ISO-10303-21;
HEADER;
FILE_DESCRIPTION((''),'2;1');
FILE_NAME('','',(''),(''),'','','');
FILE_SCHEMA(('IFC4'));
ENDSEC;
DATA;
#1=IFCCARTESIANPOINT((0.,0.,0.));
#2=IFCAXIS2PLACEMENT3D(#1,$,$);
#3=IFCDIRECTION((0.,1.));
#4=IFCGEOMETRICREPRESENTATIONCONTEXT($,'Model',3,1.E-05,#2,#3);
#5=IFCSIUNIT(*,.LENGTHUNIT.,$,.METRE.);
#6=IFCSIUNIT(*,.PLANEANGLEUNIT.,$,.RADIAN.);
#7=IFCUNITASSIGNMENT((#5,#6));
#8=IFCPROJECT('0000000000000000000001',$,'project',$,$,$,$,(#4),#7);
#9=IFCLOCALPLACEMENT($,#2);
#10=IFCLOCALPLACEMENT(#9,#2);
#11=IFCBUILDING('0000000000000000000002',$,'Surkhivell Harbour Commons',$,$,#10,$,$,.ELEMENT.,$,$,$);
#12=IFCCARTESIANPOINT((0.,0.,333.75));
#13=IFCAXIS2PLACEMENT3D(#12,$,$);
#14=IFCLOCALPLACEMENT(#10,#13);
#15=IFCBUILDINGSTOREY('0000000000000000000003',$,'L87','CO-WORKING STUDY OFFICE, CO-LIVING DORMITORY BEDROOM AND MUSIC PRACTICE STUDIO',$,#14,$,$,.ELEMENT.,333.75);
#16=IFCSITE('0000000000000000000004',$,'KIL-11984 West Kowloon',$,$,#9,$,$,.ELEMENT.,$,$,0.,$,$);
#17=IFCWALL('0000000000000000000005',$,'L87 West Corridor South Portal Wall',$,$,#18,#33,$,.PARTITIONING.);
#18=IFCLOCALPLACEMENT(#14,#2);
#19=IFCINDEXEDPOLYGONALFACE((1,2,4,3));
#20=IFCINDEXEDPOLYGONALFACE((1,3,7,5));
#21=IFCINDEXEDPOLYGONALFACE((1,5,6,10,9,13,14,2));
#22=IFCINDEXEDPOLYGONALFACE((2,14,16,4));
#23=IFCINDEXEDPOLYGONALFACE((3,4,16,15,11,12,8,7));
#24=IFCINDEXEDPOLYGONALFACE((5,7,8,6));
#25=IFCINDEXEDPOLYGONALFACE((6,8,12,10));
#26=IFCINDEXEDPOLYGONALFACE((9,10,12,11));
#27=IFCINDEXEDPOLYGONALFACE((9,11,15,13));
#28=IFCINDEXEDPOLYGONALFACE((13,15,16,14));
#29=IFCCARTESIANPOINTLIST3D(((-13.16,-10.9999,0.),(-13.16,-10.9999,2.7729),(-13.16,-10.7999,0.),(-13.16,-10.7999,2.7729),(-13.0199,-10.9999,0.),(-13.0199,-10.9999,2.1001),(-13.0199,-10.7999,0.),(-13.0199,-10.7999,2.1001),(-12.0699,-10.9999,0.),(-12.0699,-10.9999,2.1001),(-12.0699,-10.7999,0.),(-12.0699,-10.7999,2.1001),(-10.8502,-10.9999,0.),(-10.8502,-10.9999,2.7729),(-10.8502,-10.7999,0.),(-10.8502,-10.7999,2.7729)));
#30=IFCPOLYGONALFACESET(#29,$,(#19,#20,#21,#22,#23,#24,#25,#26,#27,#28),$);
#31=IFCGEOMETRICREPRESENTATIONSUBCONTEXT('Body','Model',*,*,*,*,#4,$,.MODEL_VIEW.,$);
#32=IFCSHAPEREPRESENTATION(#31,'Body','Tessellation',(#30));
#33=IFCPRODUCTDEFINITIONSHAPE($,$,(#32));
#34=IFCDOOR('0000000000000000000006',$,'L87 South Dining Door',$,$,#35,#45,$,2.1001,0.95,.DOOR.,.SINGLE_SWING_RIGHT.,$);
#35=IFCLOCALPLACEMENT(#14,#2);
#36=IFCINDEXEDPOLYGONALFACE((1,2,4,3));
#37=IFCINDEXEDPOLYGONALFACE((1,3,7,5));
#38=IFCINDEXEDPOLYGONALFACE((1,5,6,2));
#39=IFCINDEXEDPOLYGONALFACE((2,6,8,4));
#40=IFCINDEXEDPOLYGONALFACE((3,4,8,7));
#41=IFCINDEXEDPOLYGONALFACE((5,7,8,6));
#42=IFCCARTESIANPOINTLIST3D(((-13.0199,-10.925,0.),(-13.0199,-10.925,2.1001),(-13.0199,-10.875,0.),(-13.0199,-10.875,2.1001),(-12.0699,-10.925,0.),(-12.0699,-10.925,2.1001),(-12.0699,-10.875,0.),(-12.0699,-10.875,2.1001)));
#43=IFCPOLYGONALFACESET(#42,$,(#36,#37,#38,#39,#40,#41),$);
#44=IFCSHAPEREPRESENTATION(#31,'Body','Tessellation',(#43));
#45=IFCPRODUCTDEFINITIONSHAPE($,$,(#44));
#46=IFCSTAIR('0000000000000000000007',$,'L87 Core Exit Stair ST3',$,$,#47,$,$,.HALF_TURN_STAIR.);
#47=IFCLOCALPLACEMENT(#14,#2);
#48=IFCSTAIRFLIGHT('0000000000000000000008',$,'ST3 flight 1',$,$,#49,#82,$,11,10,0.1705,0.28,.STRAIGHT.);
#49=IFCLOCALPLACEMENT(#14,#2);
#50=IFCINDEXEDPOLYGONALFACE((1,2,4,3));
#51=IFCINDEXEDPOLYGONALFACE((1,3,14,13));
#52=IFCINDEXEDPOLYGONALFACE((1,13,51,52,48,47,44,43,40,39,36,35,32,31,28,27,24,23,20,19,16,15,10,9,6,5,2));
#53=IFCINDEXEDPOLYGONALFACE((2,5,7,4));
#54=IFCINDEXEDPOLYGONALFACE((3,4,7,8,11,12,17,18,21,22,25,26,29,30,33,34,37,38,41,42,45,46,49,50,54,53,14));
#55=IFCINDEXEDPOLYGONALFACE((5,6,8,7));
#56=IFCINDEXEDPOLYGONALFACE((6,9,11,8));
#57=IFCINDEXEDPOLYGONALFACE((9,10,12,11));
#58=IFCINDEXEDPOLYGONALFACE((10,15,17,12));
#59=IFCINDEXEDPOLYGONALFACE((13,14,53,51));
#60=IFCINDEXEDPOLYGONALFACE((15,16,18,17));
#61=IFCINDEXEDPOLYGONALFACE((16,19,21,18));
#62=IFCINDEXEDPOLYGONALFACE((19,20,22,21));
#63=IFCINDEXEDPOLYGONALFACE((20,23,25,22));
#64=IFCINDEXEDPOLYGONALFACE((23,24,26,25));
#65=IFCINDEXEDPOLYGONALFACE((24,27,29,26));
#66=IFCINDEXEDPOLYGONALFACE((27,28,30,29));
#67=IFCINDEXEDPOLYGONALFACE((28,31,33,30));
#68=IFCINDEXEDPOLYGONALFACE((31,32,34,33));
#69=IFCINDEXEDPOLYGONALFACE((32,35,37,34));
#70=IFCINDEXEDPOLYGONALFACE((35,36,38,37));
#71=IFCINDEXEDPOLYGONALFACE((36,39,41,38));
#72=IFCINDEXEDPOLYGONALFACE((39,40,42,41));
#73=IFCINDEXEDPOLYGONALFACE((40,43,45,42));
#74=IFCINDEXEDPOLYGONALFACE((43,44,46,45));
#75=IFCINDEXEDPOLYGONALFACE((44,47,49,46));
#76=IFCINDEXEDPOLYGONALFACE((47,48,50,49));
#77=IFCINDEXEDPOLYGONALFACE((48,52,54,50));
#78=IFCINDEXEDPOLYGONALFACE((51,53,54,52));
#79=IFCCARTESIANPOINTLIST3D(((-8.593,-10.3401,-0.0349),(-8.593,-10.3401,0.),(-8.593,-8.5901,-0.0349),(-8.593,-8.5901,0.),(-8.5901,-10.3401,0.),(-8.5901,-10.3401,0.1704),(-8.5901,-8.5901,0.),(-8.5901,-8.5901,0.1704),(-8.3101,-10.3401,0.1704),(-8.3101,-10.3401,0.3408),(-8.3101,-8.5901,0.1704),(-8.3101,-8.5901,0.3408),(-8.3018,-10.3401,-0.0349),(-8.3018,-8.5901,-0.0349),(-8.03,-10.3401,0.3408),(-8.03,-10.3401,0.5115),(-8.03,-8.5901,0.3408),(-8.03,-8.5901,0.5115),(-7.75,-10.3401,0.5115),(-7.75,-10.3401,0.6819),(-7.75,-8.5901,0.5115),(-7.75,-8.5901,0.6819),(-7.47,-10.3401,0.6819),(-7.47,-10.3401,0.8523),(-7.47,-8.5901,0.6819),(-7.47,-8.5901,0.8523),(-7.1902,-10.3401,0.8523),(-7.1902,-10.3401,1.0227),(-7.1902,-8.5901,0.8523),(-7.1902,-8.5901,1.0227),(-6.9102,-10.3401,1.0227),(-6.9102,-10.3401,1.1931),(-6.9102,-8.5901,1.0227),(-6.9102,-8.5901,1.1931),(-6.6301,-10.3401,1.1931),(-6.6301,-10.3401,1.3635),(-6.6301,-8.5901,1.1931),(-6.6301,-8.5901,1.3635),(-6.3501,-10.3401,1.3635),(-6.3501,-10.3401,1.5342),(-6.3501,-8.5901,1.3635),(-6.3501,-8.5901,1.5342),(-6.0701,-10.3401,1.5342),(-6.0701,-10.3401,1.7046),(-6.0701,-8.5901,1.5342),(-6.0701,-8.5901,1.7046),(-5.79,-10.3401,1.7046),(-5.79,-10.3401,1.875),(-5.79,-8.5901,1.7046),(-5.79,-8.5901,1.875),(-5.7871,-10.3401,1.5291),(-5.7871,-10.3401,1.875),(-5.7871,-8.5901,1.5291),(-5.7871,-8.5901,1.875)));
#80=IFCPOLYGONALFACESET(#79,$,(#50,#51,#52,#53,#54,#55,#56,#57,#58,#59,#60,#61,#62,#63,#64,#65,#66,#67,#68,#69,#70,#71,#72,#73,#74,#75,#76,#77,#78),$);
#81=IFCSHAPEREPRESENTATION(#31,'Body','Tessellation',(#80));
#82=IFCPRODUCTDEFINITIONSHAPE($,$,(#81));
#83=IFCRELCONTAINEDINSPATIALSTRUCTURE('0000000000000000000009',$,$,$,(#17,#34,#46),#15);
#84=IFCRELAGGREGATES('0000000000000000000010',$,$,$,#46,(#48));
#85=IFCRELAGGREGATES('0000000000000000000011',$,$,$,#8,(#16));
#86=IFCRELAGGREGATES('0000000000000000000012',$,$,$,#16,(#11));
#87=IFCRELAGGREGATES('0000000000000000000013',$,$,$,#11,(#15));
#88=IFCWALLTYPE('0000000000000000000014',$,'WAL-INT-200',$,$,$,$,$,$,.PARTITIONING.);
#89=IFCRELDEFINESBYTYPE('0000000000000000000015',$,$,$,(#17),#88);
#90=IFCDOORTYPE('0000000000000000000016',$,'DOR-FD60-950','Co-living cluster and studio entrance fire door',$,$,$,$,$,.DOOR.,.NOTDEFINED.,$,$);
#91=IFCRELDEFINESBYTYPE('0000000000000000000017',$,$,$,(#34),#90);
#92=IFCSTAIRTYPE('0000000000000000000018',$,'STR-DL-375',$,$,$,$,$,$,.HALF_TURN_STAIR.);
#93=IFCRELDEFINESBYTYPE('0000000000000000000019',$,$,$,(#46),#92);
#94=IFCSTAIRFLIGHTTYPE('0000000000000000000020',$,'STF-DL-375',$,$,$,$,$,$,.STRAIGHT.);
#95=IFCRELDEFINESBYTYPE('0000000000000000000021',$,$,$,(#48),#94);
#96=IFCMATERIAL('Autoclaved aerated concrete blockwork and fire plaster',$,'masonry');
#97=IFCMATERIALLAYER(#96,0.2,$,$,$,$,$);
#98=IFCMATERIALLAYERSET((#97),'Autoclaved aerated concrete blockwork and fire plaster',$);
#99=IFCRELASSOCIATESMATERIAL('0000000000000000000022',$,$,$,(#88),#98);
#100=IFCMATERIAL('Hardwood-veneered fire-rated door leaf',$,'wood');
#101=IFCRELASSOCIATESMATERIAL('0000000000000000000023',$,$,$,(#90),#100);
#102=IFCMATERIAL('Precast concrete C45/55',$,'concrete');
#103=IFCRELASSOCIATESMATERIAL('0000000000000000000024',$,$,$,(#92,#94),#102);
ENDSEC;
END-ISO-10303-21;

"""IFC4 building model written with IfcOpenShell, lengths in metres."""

from ifc_helpers import new_model, si_unit, direction, frame, frame_2d, origin, place, context, subcontext, project, spatial, polyline, rectangle, outline, extrude, material, layer, layer_set, type_object, element, fill, aggregate, save


model = new_model("IFC4")

# Units and contexts
model_context = context("Model", 3, precision=1e-05, world=origin(), true_north=direction((0.0, 1.0)))
body_context = subcontext(model_context, "Body", "Model", "MODEL_VIEW")
ifc_project = project(units=[si_unit("LENGTHUNIT", "METRE"), si_unit("PLANEANGLEUNIT", "RADIAN")], contexts=[model_context])

# Site, building, storey
site_placement = place(None, origin())
site = spatial("IfcSite", under=ifc_project, at=site_placement, Name="KIL-11984 West Kowloon", CompositionType="ELEMENT", RefElevation=0.0)
building_placement = place(site_placement, origin())
building = spatial("IfcBuilding", under=site, at=building_placement, Name="Surkhivell Harbour Commons", CompositionType="ELEMENT")
storey_placement = place(building_placement, frame((0.0, 0.0, 333.75)))
storey = spatial("IfcBuildingStorey", under=building, at=storey_placement, Name="L87", Description="CO-WORKING STUDY OFFICE, CO-LIVING DORMITORY BEDROOM AND MUSIC PRACTICE STUDIO", CompositionType="ELEMENT", Elevation=333.75)

# Shared definitions
ifc_material_1 = material(Name="Autoclaved aerated concrete blockwork and fire plaster", Category="masonry")
ifc_layer_1 = layer(ifc_material_1, 0.2)
ifc_layer_set_1 = layer_set([ifc_layer_1], Name="Autoclaved aerated concrete blockwork and fire plaster")
wall_type_1 = type_object("IfcWallType", Name="WAL-INT-200", PredefinedType="PARTITIONING", material=ifc_layer_set_1)
ifc_material_2 = material(Name="Hardwood-veneered fire-rated door leaf", Category="wood")
door_type_1 = type_object("IfcDoorType", Name="DOR-FD60-950", Description="Co-living cluster and studio entrance fire door", OperationType="NOTDEFINED", PredefinedType="DOOR", material=ifc_material_2)

# Wall, opening, door
wall_1_placement = place(storey_placement, frame((-13.1599, -10.8999, 0.0), z_axis=(0.0, 0.0, 1.0), x_axis=(1.0, 0.0, 0.0)))
wall_1 = element("IfcWall", 1, at=wall_1_placement, inside=storey, type_object=wall_type_1, Name="L87 West Corridor South Portal Wall", PredefinedType="PARTITIONING", context=body_context, shape_type="SweptSolid", body=[
    extrude(rectangle(XDim=2.3098, YDim=0.2, at=frame_2d((1.1548, 0.0))), origin(), (0.0, 0.0, 1.0), 2.7729),
])
opening_1_placement = place(wall_1_placement, frame((0.1399, 0.0, 0.0)))
opening_1 = element("IfcOpeningElement", 2, at=opening_1_placement, cuts=wall_1, PredefinedType="OPENING", context=body_context, shape_type="SweptSolid", body=[
    extrude(rectangle(XDim=0.95, YDim=2.1001, at=frame_2d((0.4751, 1.05))), frame((0.0, 0.1099, 0.0), z_axis=(0.0, -1.0, 0.0), x_axis=(1.0, 0.0, 0.0)), (0.0, 0.0, 1.0), 0.22),
])
door_1_placement = place(opening_1_placement, origin())
door_1 = element("IfcDoor", 3, at=door_1_placement, inside=storey, type_object=door_type_1, Name="L87 South Dining Door", OperationType="SINGLE_SWING_RIGHT", OverallHeight=2.1001, OverallWidth=0.95, PredefinedType="DOOR", context=body_context, shape_type="SweptSolid", body=[
    extrude(rectangle(XDim=0.95, YDim=2.1001, at=frame_2d((0.4751, 1.05))), frame((0.0, 0.0249, 0.0), z_axis=(0.0, -1.0, 0.0), x_axis=(1.0, 0.0, 0.0)), (0.0, 0.0, 1.0), 0.05),
])
fill(opening_1, door_1)

# Stair, stair flight
ifc_material_3 = material(Name="Precast concrete C45/55", Category="concrete")
stair_type = type_object("IfcStairType", Name="STR-DL-375", PredefinedType="HALF_TURN_STAIR", material=ifc_material_3)
stair_placement = place(storey_placement, origin())
stair = element("IfcStair", 4, at=stair_placement, inside=storey, type_object=stair_type, Name="L87 Core Exit Stair ST3", PredefinedType="HALF_TURN_STAIR")
stair_flight_type = type_object("IfcStairFlightType", Name="STF-DL-375", PredefinedType="STRAIGHT", material=ifc_material_3)
stair_flight_placement = place(storey_placement, frame((-8.5901, -9.4651, 0.0), z_axis=(0.0, 0.0, 1.0), x_axis=(1.0, 0.0, 0.0)))
stair_flight = element("IfcStairFlight", 5, at=stair_flight_placement, type_object=stair_flight_type, Name="ST3 flight 1", NumberOfRisers=11, NumberOfTreads=10, PredefinedType="STRAIGHT", RiserHeight=0.1705, TreadLength=0.28, context=body_context, shape_type="SweptSolid", body=[
    extrude(outline(polyline([(-0.0029, -0.0349), (-0.0029, 0.0), (0.0, 0.0), (0.0, 0.1704), (0.28, 0.1704), (0.28, 0.3408), (0.5601, 0.3408), (0.5601, 0.5115), (0.8401, 0.5115), (0.8401, 0.6819), (1.1201, 0.6819), (1.1201, 0.8523), (1.3999, 0.8523), (1.3999, 1.0227), (1.6799, 1.0227), (1.6799, 1.1931), (1.96, 1.1931), (1.96, 1.3635), (2.24, 1.3635), (2.24, 1.5342), (2.52, 1.5342), (2.52, 1.7046), (2.8, 1.7046), (2.8, 1.875), (2.803, 1.875), (2.803, 1.5291), (0.2883, -0.0349), (-0.0029, -0.0349)])), frame((0.0, 0.875, 0.0), z_axis=(0.0, -1.0, 0.0), x_axis=(1.0, 0.0, 0.0)), (0.0, 0.0, 1.0), 1.75),
])
aggregate(stair, [stair_flight])

save(model, "model.ifc")
